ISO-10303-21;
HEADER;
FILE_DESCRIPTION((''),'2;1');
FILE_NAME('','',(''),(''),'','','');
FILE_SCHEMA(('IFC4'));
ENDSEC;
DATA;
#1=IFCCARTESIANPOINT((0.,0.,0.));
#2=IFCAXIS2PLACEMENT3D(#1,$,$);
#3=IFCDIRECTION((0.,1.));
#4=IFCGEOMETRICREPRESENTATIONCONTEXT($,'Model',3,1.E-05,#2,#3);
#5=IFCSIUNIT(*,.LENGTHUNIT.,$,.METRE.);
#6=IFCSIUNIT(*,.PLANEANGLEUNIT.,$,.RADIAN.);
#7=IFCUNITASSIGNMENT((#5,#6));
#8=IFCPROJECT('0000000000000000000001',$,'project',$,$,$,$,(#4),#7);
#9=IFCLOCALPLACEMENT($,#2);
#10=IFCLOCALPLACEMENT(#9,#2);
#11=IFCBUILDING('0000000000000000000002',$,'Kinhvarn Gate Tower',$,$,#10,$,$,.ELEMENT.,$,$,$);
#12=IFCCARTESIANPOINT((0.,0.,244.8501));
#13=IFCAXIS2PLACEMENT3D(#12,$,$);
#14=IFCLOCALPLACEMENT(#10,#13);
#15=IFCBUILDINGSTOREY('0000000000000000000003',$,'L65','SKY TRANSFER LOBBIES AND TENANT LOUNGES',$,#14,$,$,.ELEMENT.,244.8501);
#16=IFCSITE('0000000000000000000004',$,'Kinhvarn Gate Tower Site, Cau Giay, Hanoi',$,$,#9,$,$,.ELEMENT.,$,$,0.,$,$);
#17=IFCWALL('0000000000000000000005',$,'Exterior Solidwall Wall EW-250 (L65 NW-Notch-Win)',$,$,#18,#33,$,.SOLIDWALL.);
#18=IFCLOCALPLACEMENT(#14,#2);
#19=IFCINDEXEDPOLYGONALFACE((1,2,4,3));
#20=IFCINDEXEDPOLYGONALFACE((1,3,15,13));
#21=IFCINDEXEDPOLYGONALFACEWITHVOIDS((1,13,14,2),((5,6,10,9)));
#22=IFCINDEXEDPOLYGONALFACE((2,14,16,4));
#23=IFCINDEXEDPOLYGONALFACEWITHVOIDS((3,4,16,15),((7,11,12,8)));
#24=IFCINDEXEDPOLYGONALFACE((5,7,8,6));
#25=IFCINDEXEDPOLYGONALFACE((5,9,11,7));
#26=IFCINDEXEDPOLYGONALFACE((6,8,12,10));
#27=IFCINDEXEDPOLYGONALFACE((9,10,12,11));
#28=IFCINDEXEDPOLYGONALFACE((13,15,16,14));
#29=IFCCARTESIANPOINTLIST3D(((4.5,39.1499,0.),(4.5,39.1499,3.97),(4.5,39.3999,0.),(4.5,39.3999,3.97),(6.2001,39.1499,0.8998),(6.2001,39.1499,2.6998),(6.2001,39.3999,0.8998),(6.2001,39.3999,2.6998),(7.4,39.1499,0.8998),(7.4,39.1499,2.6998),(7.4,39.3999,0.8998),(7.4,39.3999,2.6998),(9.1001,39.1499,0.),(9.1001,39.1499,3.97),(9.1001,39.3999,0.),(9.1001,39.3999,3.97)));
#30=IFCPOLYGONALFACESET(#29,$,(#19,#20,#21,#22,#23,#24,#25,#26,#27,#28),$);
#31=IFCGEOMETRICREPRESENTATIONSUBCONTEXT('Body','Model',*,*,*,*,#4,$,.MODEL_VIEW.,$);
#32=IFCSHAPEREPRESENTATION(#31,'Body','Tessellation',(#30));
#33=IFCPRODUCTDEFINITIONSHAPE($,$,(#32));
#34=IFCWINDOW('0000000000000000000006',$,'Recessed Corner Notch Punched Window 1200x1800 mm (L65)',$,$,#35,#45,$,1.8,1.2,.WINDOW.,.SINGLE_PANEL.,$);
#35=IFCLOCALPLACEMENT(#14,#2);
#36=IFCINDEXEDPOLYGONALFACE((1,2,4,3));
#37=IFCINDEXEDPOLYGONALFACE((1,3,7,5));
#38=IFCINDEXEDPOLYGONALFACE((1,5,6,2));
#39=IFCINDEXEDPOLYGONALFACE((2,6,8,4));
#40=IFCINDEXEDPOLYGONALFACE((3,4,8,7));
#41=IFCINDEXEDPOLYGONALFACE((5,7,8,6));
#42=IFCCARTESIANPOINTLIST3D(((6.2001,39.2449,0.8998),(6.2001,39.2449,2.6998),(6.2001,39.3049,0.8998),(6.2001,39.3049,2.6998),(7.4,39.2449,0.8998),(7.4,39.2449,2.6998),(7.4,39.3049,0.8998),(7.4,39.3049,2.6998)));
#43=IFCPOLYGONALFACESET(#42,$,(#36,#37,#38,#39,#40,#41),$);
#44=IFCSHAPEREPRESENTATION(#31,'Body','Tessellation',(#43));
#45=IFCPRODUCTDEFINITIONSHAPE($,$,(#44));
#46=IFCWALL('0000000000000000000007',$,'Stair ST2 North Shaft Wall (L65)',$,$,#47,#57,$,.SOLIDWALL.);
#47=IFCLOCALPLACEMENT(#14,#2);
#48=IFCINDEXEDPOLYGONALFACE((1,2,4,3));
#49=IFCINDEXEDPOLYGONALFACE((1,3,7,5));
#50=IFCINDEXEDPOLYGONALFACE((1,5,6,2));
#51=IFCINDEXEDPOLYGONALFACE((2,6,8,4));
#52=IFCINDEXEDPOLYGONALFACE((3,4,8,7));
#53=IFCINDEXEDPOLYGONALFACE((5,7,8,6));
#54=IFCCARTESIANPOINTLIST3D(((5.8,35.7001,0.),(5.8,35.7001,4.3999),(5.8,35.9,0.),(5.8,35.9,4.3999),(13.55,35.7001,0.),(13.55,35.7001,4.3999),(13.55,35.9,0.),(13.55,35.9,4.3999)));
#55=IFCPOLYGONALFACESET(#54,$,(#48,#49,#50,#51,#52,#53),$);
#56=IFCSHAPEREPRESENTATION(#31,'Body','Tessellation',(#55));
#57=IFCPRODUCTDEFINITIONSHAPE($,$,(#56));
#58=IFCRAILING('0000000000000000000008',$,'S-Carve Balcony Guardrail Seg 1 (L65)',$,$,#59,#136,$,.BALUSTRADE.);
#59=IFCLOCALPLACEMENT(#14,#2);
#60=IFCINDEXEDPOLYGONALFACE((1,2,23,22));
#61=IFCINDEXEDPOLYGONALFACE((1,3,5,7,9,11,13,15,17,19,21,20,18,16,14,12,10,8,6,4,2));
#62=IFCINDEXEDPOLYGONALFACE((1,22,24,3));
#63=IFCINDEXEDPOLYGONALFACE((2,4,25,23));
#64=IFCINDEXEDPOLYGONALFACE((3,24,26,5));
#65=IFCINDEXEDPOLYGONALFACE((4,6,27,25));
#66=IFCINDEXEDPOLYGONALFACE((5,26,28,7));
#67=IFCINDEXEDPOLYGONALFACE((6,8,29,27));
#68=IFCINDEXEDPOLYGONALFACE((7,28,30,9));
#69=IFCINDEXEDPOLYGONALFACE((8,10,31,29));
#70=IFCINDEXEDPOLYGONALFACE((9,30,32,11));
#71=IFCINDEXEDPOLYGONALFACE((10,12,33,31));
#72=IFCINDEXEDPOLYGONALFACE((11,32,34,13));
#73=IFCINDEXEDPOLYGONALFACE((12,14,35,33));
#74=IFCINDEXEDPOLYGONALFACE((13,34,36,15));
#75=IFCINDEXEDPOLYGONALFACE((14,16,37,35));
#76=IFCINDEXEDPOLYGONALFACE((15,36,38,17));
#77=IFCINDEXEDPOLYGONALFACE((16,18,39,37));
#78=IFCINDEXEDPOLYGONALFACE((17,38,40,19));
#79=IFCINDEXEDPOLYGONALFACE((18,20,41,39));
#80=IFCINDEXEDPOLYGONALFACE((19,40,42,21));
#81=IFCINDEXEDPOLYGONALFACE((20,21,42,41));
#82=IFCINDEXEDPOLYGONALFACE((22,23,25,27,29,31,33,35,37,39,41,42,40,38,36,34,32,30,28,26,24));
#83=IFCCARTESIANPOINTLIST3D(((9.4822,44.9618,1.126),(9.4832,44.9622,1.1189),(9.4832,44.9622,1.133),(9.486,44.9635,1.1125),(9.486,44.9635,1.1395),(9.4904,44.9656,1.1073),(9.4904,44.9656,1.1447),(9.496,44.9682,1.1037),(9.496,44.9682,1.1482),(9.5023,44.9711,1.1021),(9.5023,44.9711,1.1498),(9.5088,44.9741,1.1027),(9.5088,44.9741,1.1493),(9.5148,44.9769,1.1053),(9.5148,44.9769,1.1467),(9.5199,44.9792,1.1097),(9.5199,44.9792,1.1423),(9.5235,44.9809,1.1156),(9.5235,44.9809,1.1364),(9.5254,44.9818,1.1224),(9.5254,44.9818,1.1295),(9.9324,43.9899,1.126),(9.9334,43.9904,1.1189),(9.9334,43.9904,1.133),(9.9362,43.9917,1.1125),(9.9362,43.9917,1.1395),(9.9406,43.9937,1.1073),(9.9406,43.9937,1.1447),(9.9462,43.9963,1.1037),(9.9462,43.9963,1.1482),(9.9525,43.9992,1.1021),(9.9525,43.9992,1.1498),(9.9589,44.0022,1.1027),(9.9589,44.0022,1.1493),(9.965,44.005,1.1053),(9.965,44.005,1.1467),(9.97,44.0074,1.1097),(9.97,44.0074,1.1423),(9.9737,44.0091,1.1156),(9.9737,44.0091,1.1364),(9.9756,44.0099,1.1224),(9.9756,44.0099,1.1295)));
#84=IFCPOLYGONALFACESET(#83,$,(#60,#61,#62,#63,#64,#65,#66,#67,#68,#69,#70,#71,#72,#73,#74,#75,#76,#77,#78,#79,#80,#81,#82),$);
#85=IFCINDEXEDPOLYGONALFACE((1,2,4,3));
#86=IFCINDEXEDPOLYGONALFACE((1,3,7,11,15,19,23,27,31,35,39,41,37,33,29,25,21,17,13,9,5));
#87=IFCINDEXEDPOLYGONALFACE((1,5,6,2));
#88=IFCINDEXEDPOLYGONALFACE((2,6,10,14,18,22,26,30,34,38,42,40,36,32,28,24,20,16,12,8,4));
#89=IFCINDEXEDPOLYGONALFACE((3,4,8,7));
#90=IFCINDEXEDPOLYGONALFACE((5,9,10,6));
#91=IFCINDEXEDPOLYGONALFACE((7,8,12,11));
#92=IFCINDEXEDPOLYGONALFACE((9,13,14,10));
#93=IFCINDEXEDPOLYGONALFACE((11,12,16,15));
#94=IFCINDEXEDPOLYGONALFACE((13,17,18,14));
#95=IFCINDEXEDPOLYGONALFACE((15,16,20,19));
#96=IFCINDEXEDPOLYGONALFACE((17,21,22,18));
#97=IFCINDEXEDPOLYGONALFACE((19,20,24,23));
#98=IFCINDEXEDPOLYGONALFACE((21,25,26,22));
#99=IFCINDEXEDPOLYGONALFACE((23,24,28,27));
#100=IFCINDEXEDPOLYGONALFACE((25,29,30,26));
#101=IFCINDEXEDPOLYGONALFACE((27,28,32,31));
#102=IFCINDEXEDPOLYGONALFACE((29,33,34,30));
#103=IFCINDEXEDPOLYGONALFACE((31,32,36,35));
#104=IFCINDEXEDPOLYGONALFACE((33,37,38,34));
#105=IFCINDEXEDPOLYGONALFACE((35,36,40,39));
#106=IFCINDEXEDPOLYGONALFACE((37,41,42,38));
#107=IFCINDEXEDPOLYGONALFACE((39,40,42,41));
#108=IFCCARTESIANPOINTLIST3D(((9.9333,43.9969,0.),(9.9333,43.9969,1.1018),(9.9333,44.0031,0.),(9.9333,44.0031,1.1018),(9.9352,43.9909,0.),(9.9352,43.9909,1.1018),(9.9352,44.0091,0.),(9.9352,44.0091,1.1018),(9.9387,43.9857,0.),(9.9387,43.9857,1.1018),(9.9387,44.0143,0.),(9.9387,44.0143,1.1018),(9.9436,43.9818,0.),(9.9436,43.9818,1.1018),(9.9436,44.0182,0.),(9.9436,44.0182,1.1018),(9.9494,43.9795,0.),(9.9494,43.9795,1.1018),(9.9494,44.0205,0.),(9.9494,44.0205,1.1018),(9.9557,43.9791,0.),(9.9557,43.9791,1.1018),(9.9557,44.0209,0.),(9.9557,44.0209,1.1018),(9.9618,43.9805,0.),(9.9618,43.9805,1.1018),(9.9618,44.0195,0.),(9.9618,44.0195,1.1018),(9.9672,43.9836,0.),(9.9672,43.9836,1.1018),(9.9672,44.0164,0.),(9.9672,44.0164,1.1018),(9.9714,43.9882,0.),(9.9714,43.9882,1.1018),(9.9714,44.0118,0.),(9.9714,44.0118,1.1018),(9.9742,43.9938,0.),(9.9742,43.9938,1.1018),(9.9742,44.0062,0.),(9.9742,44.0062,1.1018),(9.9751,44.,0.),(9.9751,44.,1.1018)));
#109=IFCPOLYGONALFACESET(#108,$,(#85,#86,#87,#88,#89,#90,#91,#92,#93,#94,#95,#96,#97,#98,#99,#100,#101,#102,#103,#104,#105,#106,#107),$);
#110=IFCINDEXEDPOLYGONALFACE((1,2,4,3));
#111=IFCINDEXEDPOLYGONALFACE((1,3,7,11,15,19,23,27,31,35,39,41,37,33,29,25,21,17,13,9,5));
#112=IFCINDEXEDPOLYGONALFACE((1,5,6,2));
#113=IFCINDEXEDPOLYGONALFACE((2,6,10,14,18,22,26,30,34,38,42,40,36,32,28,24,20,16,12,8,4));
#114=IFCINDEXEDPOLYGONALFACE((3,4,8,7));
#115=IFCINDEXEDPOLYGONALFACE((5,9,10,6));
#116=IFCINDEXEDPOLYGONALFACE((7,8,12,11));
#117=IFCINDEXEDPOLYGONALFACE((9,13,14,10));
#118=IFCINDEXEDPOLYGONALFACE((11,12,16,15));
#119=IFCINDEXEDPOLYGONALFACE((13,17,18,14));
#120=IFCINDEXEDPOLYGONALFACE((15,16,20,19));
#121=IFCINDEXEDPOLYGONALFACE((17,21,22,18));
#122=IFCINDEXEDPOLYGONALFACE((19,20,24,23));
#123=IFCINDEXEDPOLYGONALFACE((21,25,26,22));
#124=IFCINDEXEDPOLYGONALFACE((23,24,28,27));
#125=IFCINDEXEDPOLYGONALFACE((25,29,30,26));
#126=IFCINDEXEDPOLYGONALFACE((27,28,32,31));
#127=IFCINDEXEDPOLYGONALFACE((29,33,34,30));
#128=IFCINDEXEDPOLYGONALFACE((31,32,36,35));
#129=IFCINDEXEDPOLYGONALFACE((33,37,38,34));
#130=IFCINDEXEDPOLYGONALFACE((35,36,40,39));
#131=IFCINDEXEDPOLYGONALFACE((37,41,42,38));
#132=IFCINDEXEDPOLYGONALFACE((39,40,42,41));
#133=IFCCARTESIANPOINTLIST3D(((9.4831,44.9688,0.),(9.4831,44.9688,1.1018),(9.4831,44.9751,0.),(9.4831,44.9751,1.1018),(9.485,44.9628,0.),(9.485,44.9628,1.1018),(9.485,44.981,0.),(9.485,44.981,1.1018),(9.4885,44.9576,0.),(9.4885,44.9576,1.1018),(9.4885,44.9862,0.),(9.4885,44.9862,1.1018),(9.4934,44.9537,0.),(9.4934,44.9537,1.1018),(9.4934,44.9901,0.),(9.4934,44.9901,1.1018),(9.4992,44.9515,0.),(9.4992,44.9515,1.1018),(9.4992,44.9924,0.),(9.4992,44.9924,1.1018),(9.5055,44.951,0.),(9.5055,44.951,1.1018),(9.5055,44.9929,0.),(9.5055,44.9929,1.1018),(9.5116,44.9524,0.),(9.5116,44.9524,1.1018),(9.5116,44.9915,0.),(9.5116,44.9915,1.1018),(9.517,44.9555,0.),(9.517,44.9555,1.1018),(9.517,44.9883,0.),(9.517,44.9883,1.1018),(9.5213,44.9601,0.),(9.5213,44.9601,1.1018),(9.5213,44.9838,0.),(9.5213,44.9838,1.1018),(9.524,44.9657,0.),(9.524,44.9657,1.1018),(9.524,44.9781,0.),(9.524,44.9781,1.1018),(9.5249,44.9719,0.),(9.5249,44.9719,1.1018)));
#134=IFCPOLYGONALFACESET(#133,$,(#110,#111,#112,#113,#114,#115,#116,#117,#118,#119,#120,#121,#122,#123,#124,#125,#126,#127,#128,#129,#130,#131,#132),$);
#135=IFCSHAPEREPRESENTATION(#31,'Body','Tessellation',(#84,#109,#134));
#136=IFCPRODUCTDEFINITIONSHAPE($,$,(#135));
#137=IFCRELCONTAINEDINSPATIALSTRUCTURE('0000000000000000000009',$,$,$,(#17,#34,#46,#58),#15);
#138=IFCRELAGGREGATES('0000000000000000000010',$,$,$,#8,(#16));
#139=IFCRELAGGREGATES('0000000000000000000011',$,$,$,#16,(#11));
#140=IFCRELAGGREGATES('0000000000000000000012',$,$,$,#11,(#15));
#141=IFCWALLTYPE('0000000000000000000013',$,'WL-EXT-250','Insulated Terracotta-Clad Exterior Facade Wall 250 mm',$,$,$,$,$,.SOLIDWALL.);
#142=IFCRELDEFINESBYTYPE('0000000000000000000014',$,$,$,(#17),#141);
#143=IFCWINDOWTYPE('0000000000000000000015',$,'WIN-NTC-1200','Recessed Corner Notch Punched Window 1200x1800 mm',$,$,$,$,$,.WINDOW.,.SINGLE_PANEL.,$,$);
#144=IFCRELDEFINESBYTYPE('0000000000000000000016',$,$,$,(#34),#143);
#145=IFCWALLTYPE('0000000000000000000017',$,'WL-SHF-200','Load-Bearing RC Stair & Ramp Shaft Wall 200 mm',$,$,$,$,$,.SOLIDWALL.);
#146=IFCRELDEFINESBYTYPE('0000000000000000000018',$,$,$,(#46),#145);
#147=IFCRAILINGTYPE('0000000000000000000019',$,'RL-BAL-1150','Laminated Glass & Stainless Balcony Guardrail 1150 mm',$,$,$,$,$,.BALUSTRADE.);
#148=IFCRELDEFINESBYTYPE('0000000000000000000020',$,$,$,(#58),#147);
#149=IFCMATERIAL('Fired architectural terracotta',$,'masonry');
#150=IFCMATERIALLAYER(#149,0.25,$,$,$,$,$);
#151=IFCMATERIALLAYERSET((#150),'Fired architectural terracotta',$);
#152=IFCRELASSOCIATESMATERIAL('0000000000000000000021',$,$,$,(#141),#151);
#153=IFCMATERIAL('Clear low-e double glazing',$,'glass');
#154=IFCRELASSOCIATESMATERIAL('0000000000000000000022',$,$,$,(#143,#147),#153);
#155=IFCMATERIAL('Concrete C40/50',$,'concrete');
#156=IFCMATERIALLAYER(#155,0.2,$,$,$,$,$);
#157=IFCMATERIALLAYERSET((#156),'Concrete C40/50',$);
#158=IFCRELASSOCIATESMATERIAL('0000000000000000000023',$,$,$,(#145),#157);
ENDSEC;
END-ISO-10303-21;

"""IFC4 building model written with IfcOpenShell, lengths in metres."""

from ifc_helpers import new_model, si_unit, direction, frame, frame_2d, origin, origin_2d, place, context, subcontext, project, spatial, rectangle, circle, extrude, material, layer, layer_set, type_object, element, fill, save


model = new_model("IFC4")

# Units and contexts
model_context = context("Model", 3, precision=1e-05, world=origin(), true_north=direction((0.0, 1.0)))
body_context = subcontext(model_context, "Body", "Model", "MODEL_VIEW")
ifc_project = project(units=[si_unit("LENGTHUNIT", "METRE"), si_unit("PLANEANGLEUNIT", "RADIAN")], contexts=[model_context])

# Site, building, storey
site_placement = place(None, origin())
site = spatial("IfcSite", under=ifc_project, at=site_placement, Name="Kinhvarn Gate Tower Site, Cau Giay, Hanoi", CompositionType="ELEMENT", RefElevation=0.0)
building_placement = place(site_placement, origin())
building = spatial("IfcBuilding", under=site, at=building_placement, Name="Kinhvarn Gate Tower", CompositionType="ELEMENT")
storey_placement = place(building_placement, frame((0.0, 0.0, 244.8501)))
storey = spatial("IfcBuildingStorey", under=building, at=storey_placement, Name="L65", Description="SKY TRANSFER LOBBIES AND TENANT LOUNGES", CompositionType="ELEMENT", Elevation=244.8501)

# Shared definitions
ifc_material_1 = material(Name="Fired architectural terracotta", Category="masonry")
ifc_layer_1 = layer(ifc_material_1, 0.25)
ifc_layer_set_1 = layer_set([ifc_layer_1], Name="Fired architectural terracotta")
wall_type_1 = type_object("IfcWallType", Name="WL-EXT-250", Description="Insulated Terracotta-Clad Exterior Facade Wall 250 mm", PredefinedType="SOLIDWALL", material=ifc_layer_set_1)

# Shared definitions
ifc_material_2 = material(Name="Clear low-e double glazing", Category="glass")

# Wall, opening, window
wall_1_placement = place(storey_placement, frame((9.1001, 39.2749, 0.0), z_axis=(0.0, 0.0, 1.0), x_axis=(-1.0, 0.0, 0.0)))
wall_1 = element("IfcWall", 1, at=wall_1_placement, inside=storey, type_object=wall_type_1, Name="Exterior Solidwall Wall EW-250 (L65 NW-Notch-Win)", PredefinedType="SOLIDWALL", context=body_context, shape_type="SweptSolid", body=[
    extrude(rectangle(XDim=4.6001, YDim=0.25, at=frame_2d((2.3, 0.0))), origin(), (0.0, 0.0, 1.0), 3.97),
])
opening_1_placement = place(wall_1_placement, frame((1.7, 0.0, 0.8999)))
opening_1 = element("IfcOpeningElement", 2, at=opening_1_placement, cuts=wall_1, PredefinedType="OPENING", context=body_context, shape_type="SweptSolid", body=[
    extrude(rectangle(XDim=1.2, YDim=1.8, at=frame_2d((0.6001, 0.8999))), frame((0.0, 0.135, 0.0), z_axis=(0.0, -1.0, 0.0), x_axis=(1.0, 0.0, 0.0)), (0.0, 0.0, 1.0), 0.27),
])
window_type = type_object("IfcWindowType", Name="WIN-NTC-1200", Description="Recessed Corner Notch Punched Window 1200x1800 mm", PartitioningType="SINGLE_PANEL", PredefinedType="WINDOW", material=ifc_material_2)
window_placement = place(opening_1_placement, origin())
window = element("IfcWindow", 3, at=window_placement, inside=storey, type_object=window_type, Name="Recessed Corner Notch Punched Window 1200x1800 mm (L65)", OverallHeight=1.8, OverallWidth=1.2, PartitioningType="SINGLE_PANEL", PredefinedType="WINDOW", context=body_context, shape_type="SweptSolid", body=[
    extrude(rectangle(XDim=1.2, YDim=1.8, at=frame_2d((0.6001, 0.8999))), frame((0.0, 0.03, 0.0), z_axis=(0.0, -1.0, 0.0), x_axis=(1.0, 0.0, 0.0)), (0.0, 0.0, 1.0), 0.0601),
])
fill(opening_1, window)

# Wall
ifc_material_3 = material(Name="Concrete C40/50", Category="concrete")
ifc_layer_2 = layer(ifc_material_3, 0.2)
ifc_layer_set_2 = layer_set([ifc_layer_2], Name="Concrete C40/50")
wall_type_2 = type_object("IfcWallType", Name="WL-SHF-200", Description="Load-Bearing RC Stair & Ramp Shaft Wall 200 mm", PredefinedType="SOLIDWALL", material=ifc_layer_set_2)
wall_2_placement = place(storey_placement, frame((5.8, 35.8, 0.0), z_axis=(0.0, 0.0, 1.0), x_axis=(1.0, 0.0, 0.0)))
element("IfcWall", 4, at=wall_2_placement, inside=storey, type_object=wall_type_2, Name="Stair ST2 North Shaft Wall (L65)", PredefinedType="SOLIDWALL", context=body_context, shape_type="SweptSolid", body=[
    extrude(rectangle(XDim=7.75, YDim=0.2, at=frame_2d((3.875, 0.0))), origin(), (0.0, 0.0, 1.0), 4.3999),
])

# Railing
railing_type_1 = type_object("IfcRailingType", Name="RL-BAL-1150", Description="Laminated Glass & Stainless Balcony Guardrail 1150 mm", PredefinedType="BALUSTRADE", material=ifc_material_2)
railing_1_placement = place(storey_placement, frame((9.9541, 44.0, 0.0)))
element("IfcRailing", 5, at=railing_1_placement, inside=storey, type_object=railing_type_1, Name="S-Carve Balcony Guardrail Seg 1 (L65)", PredefinedType="BALUSTRADE", context=body_context, shape_type="SweptSolid", body=[
    extrude(circle(Radius=0.0239, at=origin_2d()), frame((0.0, 0.0, 1.126), z_axis=(-0.420301, 0.907385, 0.0), x_axis=(-0.907385, -0.420301, 0.0)), (0.0, 0.0, 1.0), 1.071),
    extrude(circle(Radius=0.021, at=origin_2d()), origin(), (0.0, 0.0, 1.0), 1.1018),
    extrude(circle(Radius=0.021, at=origin_2d()), frame((-0.4502, 0.9719, 0.0)), (0.0, 0.0, 1.0), 1.1018),
])

save(model, "model.ifc")
